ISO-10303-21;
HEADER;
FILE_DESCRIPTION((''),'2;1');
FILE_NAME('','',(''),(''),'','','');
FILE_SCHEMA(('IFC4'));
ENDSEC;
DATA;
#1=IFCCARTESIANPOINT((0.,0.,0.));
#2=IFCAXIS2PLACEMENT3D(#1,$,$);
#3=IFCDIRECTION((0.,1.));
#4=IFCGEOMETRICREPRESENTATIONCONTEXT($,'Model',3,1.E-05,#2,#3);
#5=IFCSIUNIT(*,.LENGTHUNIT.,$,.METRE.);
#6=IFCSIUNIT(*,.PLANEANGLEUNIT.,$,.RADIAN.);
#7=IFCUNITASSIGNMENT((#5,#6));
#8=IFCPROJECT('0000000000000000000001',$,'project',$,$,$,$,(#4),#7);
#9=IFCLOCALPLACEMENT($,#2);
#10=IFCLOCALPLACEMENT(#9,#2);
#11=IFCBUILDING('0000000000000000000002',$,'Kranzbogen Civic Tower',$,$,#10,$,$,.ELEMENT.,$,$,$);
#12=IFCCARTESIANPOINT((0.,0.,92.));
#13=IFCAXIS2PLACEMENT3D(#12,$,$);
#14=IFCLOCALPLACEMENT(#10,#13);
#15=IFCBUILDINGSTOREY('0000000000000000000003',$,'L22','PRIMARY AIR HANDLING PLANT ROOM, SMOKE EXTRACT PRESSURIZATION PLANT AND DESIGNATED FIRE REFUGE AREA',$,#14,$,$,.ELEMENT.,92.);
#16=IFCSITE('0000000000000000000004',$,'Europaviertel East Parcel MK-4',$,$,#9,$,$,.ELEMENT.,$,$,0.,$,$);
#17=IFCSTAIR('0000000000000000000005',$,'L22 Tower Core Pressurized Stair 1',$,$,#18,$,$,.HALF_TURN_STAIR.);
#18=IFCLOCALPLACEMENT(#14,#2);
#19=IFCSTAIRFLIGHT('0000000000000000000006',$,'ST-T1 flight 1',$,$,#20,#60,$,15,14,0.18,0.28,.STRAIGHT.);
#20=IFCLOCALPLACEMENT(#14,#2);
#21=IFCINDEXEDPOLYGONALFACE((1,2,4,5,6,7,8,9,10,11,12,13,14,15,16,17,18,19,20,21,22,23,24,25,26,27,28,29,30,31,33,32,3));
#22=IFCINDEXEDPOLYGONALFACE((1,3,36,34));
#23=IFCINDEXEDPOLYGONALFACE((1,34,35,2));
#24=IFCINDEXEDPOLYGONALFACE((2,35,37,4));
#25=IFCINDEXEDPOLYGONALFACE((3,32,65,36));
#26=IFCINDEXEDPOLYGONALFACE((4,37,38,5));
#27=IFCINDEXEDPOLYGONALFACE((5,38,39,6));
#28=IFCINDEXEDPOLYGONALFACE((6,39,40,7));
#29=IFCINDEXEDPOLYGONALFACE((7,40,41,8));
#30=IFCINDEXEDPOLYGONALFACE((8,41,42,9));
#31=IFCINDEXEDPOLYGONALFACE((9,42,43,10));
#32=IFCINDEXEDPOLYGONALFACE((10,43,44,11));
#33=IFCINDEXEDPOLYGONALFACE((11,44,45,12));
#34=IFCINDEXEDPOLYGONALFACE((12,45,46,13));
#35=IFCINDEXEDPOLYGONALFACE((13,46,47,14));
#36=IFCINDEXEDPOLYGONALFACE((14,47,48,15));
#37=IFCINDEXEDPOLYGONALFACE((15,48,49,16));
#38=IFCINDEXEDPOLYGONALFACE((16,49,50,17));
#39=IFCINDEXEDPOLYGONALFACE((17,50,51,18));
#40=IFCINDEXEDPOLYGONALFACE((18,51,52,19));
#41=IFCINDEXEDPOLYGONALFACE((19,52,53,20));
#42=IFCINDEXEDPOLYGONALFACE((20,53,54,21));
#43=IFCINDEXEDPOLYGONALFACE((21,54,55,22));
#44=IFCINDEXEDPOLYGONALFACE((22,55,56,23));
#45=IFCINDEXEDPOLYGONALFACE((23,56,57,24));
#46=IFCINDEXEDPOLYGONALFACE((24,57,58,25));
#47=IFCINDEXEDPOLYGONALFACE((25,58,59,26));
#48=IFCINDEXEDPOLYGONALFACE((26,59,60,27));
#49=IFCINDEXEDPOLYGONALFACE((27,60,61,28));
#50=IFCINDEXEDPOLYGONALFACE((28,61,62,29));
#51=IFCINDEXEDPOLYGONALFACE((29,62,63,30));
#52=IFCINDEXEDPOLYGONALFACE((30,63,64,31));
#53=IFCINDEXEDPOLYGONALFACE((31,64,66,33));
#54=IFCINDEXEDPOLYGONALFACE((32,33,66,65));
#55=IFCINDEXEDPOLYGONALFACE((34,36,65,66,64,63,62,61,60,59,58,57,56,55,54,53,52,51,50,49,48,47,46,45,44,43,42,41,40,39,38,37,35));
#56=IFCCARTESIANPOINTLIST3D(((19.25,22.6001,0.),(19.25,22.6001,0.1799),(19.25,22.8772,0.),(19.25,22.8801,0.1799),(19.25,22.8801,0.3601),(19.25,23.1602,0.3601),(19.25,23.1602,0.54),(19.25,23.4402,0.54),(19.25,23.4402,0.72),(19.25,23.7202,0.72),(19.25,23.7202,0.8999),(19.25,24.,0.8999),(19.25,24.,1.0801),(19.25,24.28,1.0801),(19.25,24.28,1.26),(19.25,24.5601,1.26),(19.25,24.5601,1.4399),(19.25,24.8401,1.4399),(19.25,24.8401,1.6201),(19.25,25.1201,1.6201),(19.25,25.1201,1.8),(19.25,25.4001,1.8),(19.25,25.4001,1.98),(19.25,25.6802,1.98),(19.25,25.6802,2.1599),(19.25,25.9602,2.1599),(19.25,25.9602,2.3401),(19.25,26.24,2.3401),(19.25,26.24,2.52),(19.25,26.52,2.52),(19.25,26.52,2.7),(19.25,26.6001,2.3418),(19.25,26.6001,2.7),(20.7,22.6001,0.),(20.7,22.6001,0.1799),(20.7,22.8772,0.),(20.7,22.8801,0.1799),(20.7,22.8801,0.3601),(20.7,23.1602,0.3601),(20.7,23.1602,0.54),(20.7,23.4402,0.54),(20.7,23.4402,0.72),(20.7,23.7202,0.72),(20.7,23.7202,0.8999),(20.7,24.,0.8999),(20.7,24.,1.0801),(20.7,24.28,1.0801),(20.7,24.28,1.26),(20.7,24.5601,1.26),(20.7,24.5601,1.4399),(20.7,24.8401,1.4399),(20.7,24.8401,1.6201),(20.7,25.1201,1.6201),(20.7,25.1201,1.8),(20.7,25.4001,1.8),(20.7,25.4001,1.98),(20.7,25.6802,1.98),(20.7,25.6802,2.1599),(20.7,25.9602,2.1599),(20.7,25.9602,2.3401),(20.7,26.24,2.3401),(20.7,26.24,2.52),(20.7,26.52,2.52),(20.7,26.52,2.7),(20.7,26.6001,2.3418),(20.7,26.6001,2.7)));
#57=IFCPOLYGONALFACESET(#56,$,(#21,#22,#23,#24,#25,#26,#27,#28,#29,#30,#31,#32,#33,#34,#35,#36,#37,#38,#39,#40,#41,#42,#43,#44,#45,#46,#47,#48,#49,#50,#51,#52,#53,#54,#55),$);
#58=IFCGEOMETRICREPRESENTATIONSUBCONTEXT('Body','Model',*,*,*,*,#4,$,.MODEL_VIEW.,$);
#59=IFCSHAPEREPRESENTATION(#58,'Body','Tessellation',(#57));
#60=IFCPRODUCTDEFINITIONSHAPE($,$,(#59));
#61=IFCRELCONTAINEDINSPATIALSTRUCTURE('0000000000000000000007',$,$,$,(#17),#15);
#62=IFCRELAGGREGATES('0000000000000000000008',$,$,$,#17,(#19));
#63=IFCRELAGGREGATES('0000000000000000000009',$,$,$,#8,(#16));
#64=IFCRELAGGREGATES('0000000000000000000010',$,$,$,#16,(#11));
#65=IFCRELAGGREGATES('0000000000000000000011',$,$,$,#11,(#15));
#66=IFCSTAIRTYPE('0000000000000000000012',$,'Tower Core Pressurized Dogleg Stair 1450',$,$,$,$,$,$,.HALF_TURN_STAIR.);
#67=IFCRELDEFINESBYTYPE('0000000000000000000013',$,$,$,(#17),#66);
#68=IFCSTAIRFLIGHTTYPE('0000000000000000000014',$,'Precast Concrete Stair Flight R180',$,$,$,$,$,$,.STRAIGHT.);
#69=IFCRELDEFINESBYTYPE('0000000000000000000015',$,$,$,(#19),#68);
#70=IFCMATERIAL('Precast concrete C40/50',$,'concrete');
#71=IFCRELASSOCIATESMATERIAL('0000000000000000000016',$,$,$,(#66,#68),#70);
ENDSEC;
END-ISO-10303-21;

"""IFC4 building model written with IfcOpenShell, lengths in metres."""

from ifc_helpers import new_model, si_unit, direction, frame, origin, place, context, subcontext, project, spatial, polyline, outline, extrude, material, type_object, element, aggregate, save


model = new_model("IFC4")

# Units and contexts
model_context = context("Model", 3, precision=1e-05, world=origin(), true_north=direction((0.0, 1.0)))
body_context = subcontext(model_context, "Body", "Model", "MODEL_VIEW")
ifc_project = project(units=[si_unit("LENGTHUNIT", "METRE"), si_unit("PLANEANGLEUNIT", "RADIAN")], contexts=[model_context])

# Site, building, storey
site_placement = place(None, origin())
site = spatial("IfcSite", under=ifc_project, at=site_placement, Name="Europaviertel East Parcel MK-4", CompositionType="ELEMENT", RefElevation=0.0)
building_placement = place(site_placement, origin())
building = spatial("IfcBuilding", under=site, at=building_placement, Name="Kranzbogen Civic Tower", CompositionType="ELEMENT")
storey_placement = place(building_placement, frame((0.0, 0.0, 92.0)))
storey = spatial("IfcBuildingStorey", under=building, at=storey_placement, Name="L22", Description="PRIMARY AIR HANDLING PLANT ROOM, SMOKE EXTRACT PRESSURIZATION PLANT AND DESIGNATED FIRE REFUGE AREA", CompositionType="ELEMENT", Elevation=92.0)

# Stair, stair flight
ifc_material_1 = material(Name="Precast concrete C40/50", Category="concrete")
stair_type = type_object("IfcStairType", Name="Tower Core Pressurized Dogleg Stair 1450", PredefinedType="HALF_TURN_STAIR", material=ifc_material_1)
stair_placement = place(storey_placement, origin())
stair = element("IfcStair", 1, at=stair_placement, inside=storey, type_object=stair_type, Name="L22 Tower Core Pressurized Stair 1", PredefinedType="HALF_TURN_STAIR")
stair_flight_type = type_object("IfcStairFlightType", Name="Precast Concrete Stair Flight R180", PredefinedType="STRAIGHT", material=ifc_material_1)
stair_flight_placement = place(storey_placement, frame((19.9751, 22.6001, 0.0), z_axis=(0.0, 0.0, 1.0), x_axis=(0.0, 1.0, 0.0)))
stair_flight = element("IfcStairFlight", 2, at=stair_flight_placement, type_object=stair_flight_type, Name="ST-T1 flight 1", NumberOfRisers=15, NumberOfTreads=14, PredefinedType="STRAIGHT", RiserHeight=0.18, TreadLength=0.28, context=body_context, shape_type="SweptSolid", body=[
    extrude(outline(polyline([(0.0, 0.0), (0.0, 0.1799), (0.28, 0.1799), (0.28, 0.3601), (0.5601, 0.3601), (0.5601, 0.54), (0.8401, 0.54), (0.8401, 0.72), (1.1201, 0.72), (1.1201, 0.8999), (1.3999, 0.8999), (1.3999, 1.0801), (1.6799, 1.0801), (1.6799, 1.26), (1.96, 1.26), (1.96, 1.4399), (2.24, 1.4399), (2.24, 1.6201), (2.52, 1.6201), (2.52, 1.8), (2.8, 1.8), (2.8, 1.98), (3.0801, 1.98), (3.0801, 2.1599), (3.3601, 2.1599), (3.3601, 2.3401), (3.6399, 2.3401), (3.6399, 2.52), (3.9199, 2.52), (3.9199, 2.7), (4.0, 2.7), (4.0, 2.3418), (0.2771, 0.0), (0.0, 0.0)])), frame((0.0, 0.7251, 0.0), z_axis=(0.0, -1.0, 0.0), x_axis=(1.0, 0.0, 0.0)), (0.0, 0.0, 1.0), 1.45),
])
aggregate(stair, [stair_flight])

save(model, "model.ifc")
